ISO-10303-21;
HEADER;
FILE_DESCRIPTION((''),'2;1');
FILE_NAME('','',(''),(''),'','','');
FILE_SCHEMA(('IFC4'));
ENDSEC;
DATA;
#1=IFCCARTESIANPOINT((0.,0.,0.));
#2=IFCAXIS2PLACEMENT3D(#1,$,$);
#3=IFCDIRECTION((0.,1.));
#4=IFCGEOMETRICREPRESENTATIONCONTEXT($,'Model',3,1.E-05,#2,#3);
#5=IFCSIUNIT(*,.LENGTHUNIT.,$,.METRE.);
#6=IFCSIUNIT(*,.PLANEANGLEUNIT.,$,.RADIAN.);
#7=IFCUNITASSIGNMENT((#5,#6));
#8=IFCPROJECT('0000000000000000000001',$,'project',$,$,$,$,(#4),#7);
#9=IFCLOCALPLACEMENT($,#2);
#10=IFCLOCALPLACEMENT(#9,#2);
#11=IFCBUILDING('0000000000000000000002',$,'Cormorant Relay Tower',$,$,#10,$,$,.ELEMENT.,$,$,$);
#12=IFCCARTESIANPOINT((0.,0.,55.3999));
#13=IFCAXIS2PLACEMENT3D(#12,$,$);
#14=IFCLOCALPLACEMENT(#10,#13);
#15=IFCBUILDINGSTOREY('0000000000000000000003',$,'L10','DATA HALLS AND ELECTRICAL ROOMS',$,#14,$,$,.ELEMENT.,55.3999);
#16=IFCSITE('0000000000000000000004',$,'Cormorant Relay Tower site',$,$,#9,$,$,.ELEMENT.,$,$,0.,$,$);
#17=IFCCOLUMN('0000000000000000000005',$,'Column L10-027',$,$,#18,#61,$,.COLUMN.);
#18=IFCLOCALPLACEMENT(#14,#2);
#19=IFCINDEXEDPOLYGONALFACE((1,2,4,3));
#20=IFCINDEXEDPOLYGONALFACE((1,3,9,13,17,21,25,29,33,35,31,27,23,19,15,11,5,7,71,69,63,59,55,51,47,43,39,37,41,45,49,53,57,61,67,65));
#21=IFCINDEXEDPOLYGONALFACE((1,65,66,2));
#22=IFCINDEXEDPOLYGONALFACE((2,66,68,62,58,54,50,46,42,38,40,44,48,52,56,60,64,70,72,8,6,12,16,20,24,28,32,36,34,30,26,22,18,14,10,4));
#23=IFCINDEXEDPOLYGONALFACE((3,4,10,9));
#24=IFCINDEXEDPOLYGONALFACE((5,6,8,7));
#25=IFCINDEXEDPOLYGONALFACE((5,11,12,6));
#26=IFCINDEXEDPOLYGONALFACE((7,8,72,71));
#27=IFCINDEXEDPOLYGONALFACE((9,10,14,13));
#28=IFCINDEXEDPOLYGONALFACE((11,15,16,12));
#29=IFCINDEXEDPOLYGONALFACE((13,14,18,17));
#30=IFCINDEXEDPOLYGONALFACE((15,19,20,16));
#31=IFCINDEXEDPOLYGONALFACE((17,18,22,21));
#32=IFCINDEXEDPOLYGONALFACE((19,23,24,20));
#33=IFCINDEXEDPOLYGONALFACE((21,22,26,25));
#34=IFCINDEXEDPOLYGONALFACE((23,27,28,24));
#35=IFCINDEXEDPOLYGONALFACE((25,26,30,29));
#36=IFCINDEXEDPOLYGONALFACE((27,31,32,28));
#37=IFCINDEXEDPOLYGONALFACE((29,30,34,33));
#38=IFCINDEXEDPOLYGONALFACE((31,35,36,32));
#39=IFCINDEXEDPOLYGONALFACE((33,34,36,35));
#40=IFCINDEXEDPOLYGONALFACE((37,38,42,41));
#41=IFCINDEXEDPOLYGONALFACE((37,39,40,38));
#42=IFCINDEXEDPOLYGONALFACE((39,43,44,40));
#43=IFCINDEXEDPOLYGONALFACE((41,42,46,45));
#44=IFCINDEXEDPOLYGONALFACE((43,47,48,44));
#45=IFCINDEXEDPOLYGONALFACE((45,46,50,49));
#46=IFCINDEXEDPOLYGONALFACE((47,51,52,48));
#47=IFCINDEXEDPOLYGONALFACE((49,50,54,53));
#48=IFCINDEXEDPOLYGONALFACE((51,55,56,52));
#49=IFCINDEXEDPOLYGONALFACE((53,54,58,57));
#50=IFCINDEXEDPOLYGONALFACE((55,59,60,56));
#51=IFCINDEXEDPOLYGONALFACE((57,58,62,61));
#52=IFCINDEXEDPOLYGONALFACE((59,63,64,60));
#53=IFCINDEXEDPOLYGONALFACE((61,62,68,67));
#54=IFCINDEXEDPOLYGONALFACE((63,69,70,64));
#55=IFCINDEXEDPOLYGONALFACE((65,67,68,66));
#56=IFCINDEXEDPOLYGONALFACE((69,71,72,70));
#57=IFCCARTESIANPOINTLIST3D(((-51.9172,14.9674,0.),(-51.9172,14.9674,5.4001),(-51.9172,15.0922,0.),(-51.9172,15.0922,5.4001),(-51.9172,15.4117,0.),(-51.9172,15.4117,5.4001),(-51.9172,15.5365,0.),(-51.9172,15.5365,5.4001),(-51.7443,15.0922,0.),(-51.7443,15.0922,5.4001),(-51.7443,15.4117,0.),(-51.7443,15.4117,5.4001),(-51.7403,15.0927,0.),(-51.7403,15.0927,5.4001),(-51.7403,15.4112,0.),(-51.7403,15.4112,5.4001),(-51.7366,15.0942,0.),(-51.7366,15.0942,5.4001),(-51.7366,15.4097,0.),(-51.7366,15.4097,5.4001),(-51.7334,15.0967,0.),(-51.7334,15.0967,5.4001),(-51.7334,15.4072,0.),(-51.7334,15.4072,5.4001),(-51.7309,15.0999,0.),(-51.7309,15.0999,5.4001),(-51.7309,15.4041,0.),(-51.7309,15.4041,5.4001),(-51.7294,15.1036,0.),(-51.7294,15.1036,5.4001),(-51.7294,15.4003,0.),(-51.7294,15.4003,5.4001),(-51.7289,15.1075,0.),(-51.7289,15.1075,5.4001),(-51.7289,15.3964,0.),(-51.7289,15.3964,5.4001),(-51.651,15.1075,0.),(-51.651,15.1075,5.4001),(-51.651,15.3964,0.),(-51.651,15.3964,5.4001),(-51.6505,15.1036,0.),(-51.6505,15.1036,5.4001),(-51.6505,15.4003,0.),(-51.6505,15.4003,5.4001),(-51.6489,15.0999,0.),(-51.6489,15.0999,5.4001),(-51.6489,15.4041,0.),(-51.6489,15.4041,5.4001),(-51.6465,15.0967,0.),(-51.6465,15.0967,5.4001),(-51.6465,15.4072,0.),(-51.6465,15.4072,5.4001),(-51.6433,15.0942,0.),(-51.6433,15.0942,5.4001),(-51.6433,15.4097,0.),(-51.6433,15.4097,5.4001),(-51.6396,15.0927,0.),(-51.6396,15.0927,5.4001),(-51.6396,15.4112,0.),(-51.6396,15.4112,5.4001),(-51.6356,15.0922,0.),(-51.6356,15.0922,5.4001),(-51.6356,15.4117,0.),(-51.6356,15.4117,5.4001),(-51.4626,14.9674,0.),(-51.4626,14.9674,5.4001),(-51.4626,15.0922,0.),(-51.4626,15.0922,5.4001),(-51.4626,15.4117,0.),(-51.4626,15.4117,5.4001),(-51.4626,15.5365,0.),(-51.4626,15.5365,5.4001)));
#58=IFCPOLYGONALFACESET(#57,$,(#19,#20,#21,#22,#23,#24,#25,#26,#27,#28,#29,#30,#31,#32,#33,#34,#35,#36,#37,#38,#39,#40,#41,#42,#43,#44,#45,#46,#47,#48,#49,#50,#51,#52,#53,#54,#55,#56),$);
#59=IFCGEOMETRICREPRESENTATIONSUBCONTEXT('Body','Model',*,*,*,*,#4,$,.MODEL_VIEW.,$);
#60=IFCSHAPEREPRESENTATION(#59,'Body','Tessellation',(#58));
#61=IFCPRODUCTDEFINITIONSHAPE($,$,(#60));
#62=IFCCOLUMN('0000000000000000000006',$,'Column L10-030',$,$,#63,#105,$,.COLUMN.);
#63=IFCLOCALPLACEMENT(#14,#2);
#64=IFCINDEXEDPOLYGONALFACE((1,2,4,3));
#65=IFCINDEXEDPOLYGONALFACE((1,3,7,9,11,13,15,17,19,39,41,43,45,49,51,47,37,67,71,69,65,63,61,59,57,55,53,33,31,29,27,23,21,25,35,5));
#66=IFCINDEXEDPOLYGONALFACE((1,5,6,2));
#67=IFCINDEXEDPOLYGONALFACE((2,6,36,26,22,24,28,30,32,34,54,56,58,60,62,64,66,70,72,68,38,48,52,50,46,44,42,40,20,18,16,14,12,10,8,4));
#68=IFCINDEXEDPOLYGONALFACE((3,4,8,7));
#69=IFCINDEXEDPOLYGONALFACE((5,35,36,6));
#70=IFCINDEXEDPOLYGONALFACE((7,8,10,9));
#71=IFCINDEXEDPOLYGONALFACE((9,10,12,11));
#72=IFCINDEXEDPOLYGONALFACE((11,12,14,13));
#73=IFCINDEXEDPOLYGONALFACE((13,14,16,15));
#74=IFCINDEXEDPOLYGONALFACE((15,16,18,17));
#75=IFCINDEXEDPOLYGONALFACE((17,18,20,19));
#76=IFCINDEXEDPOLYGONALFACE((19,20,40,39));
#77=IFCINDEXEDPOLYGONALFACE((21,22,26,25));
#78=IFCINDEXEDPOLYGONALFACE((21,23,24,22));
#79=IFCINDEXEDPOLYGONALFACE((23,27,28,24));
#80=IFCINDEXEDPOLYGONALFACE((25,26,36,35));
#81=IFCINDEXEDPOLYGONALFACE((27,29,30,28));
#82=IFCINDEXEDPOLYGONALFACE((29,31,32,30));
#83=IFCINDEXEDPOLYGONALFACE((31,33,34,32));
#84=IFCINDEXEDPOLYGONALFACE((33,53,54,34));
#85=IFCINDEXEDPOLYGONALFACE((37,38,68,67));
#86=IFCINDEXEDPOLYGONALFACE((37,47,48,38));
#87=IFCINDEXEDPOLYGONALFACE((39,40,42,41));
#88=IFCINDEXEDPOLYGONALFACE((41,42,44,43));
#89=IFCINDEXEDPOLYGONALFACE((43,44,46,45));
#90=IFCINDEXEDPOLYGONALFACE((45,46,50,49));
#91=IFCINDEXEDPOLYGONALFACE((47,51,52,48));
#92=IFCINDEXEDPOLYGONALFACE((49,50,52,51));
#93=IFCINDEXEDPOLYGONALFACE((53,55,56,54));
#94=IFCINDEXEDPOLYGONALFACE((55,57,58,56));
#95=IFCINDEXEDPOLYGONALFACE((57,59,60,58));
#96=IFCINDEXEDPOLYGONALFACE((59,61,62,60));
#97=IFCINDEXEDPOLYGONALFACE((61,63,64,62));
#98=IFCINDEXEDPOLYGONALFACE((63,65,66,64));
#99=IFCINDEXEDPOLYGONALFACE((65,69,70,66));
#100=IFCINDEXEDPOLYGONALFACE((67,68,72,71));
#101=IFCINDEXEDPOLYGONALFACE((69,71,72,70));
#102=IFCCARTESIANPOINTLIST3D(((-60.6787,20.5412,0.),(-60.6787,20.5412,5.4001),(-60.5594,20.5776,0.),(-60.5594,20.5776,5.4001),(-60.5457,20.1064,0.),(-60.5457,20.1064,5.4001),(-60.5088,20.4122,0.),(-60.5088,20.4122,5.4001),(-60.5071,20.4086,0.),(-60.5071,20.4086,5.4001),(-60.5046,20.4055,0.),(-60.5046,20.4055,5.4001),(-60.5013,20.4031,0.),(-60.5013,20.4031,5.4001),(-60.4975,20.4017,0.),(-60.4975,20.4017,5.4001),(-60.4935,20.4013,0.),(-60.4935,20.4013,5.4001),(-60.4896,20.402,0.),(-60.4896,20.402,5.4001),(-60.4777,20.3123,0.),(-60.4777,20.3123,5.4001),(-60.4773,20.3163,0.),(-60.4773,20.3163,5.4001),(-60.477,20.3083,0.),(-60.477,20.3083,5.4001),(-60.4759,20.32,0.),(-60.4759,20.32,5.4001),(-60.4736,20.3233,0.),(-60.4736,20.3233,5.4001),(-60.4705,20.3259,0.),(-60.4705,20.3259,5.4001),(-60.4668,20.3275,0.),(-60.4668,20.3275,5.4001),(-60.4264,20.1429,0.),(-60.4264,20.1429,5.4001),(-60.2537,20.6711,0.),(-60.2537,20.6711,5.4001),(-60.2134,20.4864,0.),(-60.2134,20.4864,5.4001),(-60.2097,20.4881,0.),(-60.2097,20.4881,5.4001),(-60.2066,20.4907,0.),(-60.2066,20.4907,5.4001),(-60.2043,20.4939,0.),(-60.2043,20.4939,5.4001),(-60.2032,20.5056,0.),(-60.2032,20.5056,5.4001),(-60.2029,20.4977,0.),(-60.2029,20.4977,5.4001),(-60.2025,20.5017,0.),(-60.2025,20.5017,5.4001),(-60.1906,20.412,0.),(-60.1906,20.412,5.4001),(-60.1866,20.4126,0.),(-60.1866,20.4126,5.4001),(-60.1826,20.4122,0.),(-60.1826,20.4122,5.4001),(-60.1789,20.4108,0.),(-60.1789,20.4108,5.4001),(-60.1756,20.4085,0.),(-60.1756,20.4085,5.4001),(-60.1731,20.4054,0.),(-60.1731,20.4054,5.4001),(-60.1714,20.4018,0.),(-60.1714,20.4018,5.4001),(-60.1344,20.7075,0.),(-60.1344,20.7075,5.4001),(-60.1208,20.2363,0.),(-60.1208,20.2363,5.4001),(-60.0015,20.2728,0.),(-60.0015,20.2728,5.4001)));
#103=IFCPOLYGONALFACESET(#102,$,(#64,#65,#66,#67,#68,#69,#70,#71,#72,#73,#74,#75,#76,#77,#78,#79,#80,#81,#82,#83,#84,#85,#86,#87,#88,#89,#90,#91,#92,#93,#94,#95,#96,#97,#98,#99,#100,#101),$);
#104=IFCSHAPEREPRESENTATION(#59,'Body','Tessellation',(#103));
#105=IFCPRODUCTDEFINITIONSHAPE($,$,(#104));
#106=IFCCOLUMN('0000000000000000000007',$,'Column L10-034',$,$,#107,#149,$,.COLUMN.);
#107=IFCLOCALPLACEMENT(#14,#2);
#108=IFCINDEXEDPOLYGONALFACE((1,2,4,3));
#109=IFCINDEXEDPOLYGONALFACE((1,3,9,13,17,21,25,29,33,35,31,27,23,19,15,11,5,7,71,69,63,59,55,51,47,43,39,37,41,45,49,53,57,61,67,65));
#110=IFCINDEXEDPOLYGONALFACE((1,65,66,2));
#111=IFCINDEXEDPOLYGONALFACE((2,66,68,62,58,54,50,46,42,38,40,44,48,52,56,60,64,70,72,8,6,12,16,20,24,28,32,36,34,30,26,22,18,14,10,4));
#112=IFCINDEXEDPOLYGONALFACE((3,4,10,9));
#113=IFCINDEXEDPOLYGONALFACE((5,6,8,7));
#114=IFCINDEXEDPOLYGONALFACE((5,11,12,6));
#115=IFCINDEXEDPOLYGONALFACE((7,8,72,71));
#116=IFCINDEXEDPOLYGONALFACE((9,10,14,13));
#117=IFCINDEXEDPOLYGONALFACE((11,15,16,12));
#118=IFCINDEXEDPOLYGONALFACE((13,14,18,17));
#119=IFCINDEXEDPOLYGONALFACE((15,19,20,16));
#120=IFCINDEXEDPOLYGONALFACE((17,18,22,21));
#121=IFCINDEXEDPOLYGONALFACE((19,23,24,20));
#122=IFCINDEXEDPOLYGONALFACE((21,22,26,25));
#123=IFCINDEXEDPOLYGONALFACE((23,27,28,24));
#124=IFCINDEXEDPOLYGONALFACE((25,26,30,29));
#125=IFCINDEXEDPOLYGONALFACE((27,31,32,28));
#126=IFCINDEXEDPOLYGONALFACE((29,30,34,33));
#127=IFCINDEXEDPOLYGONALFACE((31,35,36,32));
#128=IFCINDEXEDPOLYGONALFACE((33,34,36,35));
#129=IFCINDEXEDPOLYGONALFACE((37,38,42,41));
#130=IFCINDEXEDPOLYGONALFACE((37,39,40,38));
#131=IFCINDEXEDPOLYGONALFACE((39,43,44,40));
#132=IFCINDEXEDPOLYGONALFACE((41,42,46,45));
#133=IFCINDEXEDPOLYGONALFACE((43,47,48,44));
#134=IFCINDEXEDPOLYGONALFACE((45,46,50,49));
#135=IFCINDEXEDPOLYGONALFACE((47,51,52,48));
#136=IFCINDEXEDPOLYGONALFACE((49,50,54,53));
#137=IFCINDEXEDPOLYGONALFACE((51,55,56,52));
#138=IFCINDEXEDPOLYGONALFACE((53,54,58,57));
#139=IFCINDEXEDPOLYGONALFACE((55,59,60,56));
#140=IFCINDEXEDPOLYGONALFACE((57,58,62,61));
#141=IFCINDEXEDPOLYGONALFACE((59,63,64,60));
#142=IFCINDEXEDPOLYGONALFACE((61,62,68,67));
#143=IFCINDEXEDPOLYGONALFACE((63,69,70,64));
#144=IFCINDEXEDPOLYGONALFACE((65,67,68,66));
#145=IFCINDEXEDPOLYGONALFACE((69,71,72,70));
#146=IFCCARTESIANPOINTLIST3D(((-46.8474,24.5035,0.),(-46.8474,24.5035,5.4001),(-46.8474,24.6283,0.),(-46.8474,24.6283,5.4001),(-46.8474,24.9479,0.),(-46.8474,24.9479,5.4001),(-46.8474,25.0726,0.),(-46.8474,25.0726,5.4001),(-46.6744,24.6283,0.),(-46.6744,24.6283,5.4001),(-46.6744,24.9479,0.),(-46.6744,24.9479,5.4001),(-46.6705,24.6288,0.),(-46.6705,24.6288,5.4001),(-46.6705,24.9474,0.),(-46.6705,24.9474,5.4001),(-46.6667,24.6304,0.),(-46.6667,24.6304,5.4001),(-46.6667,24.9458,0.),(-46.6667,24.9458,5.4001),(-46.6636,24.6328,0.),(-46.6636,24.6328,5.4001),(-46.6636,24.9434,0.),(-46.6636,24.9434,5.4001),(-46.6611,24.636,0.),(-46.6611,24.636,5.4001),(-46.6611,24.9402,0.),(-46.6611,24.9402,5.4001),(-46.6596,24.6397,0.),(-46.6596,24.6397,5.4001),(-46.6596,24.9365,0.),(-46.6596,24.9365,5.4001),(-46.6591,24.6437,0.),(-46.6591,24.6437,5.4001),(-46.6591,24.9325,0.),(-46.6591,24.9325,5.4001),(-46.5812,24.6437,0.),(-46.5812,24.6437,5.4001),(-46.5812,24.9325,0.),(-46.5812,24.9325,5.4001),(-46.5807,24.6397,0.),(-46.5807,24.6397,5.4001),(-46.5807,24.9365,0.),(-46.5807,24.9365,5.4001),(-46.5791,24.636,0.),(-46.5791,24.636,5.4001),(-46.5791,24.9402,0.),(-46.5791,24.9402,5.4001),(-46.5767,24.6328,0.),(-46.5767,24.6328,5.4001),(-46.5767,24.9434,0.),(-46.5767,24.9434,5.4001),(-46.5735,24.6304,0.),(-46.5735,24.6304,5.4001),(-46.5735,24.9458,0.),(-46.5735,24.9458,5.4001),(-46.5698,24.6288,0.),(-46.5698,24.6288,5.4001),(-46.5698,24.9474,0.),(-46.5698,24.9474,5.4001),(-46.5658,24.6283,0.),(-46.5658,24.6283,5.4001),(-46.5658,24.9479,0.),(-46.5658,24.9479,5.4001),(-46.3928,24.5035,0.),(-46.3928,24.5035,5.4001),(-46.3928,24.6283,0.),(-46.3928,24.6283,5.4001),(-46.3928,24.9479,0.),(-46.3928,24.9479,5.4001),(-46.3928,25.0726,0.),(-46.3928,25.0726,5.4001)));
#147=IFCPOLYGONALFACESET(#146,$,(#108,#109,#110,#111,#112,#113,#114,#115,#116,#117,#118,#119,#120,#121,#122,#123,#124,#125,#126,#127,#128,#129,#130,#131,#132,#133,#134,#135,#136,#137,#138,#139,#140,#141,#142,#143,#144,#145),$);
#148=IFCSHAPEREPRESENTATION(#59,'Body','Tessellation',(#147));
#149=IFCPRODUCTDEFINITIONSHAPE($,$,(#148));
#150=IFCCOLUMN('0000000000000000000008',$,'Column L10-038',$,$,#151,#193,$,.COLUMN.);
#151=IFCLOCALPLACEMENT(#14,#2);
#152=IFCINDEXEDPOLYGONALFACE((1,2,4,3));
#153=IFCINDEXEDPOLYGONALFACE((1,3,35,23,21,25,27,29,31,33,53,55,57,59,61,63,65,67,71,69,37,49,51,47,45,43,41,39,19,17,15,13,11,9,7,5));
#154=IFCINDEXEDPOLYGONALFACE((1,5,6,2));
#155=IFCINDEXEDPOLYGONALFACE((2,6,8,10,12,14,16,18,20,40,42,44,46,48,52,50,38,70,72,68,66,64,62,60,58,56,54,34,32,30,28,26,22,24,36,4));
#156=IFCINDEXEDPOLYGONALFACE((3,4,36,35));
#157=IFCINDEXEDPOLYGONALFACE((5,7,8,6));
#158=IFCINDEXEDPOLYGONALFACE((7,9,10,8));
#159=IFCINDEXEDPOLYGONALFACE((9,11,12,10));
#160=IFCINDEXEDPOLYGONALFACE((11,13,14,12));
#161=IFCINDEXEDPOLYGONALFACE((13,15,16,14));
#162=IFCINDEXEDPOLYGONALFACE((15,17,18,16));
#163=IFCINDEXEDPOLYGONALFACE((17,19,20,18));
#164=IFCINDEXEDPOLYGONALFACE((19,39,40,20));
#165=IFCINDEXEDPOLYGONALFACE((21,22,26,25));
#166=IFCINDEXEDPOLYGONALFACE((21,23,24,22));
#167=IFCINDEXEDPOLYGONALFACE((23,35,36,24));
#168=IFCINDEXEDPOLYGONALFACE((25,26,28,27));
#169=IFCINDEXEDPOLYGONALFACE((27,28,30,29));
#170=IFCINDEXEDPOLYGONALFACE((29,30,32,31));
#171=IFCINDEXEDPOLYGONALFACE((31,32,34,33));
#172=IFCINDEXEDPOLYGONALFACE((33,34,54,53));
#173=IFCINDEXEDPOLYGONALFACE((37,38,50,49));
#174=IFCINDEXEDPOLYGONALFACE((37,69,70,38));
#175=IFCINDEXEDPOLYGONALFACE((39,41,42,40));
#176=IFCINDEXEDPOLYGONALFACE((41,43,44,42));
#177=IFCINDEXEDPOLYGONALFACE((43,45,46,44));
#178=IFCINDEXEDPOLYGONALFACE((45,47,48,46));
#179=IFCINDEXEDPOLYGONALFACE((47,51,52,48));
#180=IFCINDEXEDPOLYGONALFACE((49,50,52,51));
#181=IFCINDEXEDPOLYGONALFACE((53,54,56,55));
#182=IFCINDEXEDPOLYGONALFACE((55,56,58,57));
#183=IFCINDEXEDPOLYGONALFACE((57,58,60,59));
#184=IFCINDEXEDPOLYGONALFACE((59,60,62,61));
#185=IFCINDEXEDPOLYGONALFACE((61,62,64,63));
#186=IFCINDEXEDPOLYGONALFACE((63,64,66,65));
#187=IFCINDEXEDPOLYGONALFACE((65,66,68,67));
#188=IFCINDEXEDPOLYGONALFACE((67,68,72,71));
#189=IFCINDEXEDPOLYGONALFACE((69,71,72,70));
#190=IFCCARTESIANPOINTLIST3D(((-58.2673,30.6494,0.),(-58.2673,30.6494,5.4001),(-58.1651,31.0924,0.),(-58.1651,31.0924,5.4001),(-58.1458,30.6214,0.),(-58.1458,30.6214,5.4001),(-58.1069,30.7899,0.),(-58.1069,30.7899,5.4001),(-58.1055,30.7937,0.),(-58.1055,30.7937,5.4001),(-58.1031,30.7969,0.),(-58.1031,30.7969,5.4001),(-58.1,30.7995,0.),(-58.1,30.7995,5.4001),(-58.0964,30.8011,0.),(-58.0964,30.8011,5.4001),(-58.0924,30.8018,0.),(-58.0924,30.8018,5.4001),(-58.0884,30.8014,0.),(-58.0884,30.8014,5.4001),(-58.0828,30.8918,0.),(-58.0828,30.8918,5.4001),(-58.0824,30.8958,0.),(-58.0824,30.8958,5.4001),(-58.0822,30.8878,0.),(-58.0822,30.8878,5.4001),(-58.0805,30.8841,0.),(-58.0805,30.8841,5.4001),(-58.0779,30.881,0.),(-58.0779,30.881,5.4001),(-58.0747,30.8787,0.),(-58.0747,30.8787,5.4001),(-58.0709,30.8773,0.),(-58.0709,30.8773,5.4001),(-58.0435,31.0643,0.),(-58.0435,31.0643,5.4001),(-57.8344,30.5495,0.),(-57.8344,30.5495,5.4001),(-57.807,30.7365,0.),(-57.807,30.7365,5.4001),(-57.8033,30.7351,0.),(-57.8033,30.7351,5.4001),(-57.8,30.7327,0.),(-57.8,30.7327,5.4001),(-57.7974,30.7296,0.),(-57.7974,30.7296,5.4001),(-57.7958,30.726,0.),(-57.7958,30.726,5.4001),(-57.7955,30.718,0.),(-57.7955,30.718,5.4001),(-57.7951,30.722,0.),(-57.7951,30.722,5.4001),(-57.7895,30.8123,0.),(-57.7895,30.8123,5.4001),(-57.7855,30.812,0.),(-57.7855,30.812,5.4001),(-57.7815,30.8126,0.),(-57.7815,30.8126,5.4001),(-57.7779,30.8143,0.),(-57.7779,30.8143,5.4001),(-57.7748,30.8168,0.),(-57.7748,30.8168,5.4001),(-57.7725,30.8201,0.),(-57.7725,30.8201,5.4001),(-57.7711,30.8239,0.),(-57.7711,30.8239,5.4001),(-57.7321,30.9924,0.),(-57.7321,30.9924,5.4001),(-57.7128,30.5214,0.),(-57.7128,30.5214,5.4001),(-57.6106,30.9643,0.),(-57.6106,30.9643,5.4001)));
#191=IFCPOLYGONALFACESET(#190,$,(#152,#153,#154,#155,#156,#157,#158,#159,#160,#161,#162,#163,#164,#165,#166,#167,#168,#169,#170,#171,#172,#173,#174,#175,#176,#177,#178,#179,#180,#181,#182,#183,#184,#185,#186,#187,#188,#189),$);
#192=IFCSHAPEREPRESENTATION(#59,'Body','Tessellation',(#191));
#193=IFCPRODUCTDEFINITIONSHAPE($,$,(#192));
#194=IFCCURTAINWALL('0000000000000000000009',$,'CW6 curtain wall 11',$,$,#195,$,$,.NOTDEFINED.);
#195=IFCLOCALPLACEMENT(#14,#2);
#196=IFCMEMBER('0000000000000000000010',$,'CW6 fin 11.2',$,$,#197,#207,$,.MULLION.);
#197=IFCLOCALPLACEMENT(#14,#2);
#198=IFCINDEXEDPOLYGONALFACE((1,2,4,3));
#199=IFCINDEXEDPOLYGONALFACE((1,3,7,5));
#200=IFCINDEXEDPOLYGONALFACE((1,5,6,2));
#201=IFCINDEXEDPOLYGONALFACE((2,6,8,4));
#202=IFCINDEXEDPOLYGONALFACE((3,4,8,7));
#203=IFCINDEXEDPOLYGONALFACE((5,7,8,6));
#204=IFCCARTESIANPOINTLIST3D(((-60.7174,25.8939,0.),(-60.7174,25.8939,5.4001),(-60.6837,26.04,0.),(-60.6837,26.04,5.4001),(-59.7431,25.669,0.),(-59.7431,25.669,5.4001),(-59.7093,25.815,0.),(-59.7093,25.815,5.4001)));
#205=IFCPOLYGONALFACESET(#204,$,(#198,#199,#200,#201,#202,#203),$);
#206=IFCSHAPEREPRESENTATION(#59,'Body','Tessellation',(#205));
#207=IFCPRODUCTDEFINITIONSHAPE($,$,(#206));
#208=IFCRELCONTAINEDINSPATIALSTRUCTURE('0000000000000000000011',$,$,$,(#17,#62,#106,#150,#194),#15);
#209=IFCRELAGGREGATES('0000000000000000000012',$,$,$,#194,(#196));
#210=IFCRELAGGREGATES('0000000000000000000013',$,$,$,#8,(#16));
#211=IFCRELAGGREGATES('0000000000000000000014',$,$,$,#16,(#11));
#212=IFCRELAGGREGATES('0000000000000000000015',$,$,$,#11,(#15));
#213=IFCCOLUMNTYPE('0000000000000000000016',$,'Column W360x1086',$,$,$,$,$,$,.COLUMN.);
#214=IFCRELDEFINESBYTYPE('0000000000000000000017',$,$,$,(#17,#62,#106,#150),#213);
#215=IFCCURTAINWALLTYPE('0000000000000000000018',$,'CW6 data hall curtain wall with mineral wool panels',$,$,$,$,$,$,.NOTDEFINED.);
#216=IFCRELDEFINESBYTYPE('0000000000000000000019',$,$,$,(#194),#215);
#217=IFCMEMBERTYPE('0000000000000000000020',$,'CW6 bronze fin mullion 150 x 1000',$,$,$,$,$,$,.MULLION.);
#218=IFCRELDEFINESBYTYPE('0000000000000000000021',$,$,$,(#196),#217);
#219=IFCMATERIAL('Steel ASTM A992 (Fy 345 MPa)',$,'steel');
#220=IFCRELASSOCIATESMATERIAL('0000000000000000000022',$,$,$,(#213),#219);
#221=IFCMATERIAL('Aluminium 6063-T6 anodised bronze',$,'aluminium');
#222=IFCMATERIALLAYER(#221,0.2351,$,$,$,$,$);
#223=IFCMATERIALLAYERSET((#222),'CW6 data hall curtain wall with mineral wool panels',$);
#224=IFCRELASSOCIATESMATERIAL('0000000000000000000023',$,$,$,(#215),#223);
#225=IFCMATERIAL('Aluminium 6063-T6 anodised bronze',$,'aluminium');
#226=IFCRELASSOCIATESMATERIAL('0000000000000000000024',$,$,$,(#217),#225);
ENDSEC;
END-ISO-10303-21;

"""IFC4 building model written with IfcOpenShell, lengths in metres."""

from ifc_helpers import new_model, si_unit, direction, frame, origin, origin_2d, place, context, subcontext, project, spatial, rectangle, i_section, extrude, material, layer, layer_set, material_profile, profile_set, type_object, element, aggregate, save


model = new_model("IFC4")

# Units and contexts
model_context = context("Model", 3, precision=1e-05, world=origin(), true_north=direction((0.0, 1.0)))
body_context = subcontext(model_context, "Body", "Model", "MODEL_VIEW")
ifc_project = project(units=[si_unit("LENGTHUNIT", "METRE"), si_unit("PLANEANGLEUNIT", "RADIAN")], contexts=[model_context])

# Site, building, storey
site_placement = place(None, origin())
site = spatial("IfcSite", under=ifc_project, at=site_placement, Name="Cormorant Relay Tower site", CompositionType="ELEMENT", RefElevation=0.0)
building_placement = place(site_placement, origin())
building = spatial("IfcBuilding", under=site, at=building_placement, Name="Cormorant Relay Tower", CompositionType="ELEMENT")
storey_placement = place(building_placement, frame((0.0, 0.0, 55.3999)))
storey = spatial("IfcBuildingStorey", under=building, at=storey_placement, Name="L10", Description="DATA HALLS AND ELECTRICAL ROOMS", CompositionType="ELEMENT", Elevation=55.3999)

# Columns
ifc_material_1 = material(Name="Steel ASTM A992 (Fy 345 MPa)", Category="steel")
ifc_material_profile_1 = material_profile(ifc_material_1, i_section(OverallWidth=0.4546, OverallDepth=0.5691, WebThickness=0.0779, FlangeThickness=0.1248, FilletRadius=0.0154, at=origin_2d()), Name="W360x1086")
ifc_profile_set_1 = profile_set([ifc_material_profile_1], Name="Steel ASTM A992 (Fy 345 MPa)")
column_type = type_object("IfcColumnType", Name="Column W360x1086", PredefinedType="COLUMN", material=ifc_profile_set_1)
for number, where, z_axis, x_axis, name in (
    (1, (-51.6899, 15.252, 0.0), (0.0, 0.0, 1.0), (1.0, 0.0, 0.0), "Column L10-027"),
    (2, (-60.3401, 20.407, 0.0), (0.0, 0.0, 1.0), (0.292372, -0.956305, 0.0), "Column L10-030"),
    (3, (-46.6201, 24.7881, 0.0), (0.0, 0.0, 1.0), (1.0, 0.0, 0.0), "Column L10-034"),
    (4, (-57.939, 30.8069, 0.0), (0.0, 0.0, 1.0), (-0.224951, -0.97437, 0.0), "Column L10-038"),
):
    element("IfcColumn", number, at=place(storey_placement, frame(where, z_axis=z_axis, x_axis=x_axis)), inside=storey, type_object=column_type, Name=name, PredefinedType="COLUMN", context=body_context, shape_type="SweptSolid", body=[
        extrude(i_section(OverallWidth=0.4546, OverallDepth=0.5691, WebThickness=0.0779, FlangeThickness=0.1248, FilletRadius=0.0154, at=origin_2d()), origin(), (0.0, 0.0, 1.0), 5.4001),
    ])

# Curtain wall, member
ifc_material_2 = material(Name="Aluminium 6063-T6 anodised bronze", Category="aluminium")
ifc_layer_1 = layer(ifc_material_2, 0.2351)
ifc_layer_set_1 = layer_set([ifc_layer_1], Name="CW6 data hall curtain wall with mineral wool panels")
curtain_wall_type = type_object("IfcCurtainWallType", Name="CW6 data hall curtain wall with mineral wool panels", PredefinedType="NOTDEFINED", material=ifc_layer_set_1)
curtain_wall_1_placement = place(storey_placement, origin())
curtain_wall_1 = element("IfcCurtainWall", 5, at=curtain_wall_1_placement, inside=storey, type_object=curtain_wall_type, Name="CW6 curtain wall 11", PredefinedType="NOTDEFINED")
ifc_material_3 = material(Name="Aluminium 6063-T6 anodised bronze", Category="aluminium")
ifc_material_profile_2 = material_profile(ifc_material_3, rectangle(XDim=0.1499, YDim=1.0, at=origin_2d()), Name="AL 150x1000")
ifc_profile_set_2 = profile_set([ifc_material_profile_2], Name="Aluminium 6063-T6 anodised bronze")
member_type_1 = type_object("IfcMemberType", Name="CW6 bronze fin mullion 150 x 1000", PredefinedType="MULLION", material=ifc_profile_set_2)
member_1_placement = place(storey_placement, frame((-60.2134, 25.8545, 0.0), z_axis=(0.0, 0.0, 1.0), x_axis=(-0.224951, -0.97437, 0.0)))
member_1 = element("IfcMember", 6, at=member_1_placement, type_object=member_type_1, Name="CW6 fin 11.2", PredefinedType="MULLION", context=body_context, shape_type="SweptSolid", body=[
    extrude(rectangle(XDim=0.1499, YDim=1.0, at=origin_2d()), origin(), (0.0, 0.0, 1.0), 5.4001),
])

aggregate(curtain_wall_1, [member_1])

save(model, "model.ifc")
